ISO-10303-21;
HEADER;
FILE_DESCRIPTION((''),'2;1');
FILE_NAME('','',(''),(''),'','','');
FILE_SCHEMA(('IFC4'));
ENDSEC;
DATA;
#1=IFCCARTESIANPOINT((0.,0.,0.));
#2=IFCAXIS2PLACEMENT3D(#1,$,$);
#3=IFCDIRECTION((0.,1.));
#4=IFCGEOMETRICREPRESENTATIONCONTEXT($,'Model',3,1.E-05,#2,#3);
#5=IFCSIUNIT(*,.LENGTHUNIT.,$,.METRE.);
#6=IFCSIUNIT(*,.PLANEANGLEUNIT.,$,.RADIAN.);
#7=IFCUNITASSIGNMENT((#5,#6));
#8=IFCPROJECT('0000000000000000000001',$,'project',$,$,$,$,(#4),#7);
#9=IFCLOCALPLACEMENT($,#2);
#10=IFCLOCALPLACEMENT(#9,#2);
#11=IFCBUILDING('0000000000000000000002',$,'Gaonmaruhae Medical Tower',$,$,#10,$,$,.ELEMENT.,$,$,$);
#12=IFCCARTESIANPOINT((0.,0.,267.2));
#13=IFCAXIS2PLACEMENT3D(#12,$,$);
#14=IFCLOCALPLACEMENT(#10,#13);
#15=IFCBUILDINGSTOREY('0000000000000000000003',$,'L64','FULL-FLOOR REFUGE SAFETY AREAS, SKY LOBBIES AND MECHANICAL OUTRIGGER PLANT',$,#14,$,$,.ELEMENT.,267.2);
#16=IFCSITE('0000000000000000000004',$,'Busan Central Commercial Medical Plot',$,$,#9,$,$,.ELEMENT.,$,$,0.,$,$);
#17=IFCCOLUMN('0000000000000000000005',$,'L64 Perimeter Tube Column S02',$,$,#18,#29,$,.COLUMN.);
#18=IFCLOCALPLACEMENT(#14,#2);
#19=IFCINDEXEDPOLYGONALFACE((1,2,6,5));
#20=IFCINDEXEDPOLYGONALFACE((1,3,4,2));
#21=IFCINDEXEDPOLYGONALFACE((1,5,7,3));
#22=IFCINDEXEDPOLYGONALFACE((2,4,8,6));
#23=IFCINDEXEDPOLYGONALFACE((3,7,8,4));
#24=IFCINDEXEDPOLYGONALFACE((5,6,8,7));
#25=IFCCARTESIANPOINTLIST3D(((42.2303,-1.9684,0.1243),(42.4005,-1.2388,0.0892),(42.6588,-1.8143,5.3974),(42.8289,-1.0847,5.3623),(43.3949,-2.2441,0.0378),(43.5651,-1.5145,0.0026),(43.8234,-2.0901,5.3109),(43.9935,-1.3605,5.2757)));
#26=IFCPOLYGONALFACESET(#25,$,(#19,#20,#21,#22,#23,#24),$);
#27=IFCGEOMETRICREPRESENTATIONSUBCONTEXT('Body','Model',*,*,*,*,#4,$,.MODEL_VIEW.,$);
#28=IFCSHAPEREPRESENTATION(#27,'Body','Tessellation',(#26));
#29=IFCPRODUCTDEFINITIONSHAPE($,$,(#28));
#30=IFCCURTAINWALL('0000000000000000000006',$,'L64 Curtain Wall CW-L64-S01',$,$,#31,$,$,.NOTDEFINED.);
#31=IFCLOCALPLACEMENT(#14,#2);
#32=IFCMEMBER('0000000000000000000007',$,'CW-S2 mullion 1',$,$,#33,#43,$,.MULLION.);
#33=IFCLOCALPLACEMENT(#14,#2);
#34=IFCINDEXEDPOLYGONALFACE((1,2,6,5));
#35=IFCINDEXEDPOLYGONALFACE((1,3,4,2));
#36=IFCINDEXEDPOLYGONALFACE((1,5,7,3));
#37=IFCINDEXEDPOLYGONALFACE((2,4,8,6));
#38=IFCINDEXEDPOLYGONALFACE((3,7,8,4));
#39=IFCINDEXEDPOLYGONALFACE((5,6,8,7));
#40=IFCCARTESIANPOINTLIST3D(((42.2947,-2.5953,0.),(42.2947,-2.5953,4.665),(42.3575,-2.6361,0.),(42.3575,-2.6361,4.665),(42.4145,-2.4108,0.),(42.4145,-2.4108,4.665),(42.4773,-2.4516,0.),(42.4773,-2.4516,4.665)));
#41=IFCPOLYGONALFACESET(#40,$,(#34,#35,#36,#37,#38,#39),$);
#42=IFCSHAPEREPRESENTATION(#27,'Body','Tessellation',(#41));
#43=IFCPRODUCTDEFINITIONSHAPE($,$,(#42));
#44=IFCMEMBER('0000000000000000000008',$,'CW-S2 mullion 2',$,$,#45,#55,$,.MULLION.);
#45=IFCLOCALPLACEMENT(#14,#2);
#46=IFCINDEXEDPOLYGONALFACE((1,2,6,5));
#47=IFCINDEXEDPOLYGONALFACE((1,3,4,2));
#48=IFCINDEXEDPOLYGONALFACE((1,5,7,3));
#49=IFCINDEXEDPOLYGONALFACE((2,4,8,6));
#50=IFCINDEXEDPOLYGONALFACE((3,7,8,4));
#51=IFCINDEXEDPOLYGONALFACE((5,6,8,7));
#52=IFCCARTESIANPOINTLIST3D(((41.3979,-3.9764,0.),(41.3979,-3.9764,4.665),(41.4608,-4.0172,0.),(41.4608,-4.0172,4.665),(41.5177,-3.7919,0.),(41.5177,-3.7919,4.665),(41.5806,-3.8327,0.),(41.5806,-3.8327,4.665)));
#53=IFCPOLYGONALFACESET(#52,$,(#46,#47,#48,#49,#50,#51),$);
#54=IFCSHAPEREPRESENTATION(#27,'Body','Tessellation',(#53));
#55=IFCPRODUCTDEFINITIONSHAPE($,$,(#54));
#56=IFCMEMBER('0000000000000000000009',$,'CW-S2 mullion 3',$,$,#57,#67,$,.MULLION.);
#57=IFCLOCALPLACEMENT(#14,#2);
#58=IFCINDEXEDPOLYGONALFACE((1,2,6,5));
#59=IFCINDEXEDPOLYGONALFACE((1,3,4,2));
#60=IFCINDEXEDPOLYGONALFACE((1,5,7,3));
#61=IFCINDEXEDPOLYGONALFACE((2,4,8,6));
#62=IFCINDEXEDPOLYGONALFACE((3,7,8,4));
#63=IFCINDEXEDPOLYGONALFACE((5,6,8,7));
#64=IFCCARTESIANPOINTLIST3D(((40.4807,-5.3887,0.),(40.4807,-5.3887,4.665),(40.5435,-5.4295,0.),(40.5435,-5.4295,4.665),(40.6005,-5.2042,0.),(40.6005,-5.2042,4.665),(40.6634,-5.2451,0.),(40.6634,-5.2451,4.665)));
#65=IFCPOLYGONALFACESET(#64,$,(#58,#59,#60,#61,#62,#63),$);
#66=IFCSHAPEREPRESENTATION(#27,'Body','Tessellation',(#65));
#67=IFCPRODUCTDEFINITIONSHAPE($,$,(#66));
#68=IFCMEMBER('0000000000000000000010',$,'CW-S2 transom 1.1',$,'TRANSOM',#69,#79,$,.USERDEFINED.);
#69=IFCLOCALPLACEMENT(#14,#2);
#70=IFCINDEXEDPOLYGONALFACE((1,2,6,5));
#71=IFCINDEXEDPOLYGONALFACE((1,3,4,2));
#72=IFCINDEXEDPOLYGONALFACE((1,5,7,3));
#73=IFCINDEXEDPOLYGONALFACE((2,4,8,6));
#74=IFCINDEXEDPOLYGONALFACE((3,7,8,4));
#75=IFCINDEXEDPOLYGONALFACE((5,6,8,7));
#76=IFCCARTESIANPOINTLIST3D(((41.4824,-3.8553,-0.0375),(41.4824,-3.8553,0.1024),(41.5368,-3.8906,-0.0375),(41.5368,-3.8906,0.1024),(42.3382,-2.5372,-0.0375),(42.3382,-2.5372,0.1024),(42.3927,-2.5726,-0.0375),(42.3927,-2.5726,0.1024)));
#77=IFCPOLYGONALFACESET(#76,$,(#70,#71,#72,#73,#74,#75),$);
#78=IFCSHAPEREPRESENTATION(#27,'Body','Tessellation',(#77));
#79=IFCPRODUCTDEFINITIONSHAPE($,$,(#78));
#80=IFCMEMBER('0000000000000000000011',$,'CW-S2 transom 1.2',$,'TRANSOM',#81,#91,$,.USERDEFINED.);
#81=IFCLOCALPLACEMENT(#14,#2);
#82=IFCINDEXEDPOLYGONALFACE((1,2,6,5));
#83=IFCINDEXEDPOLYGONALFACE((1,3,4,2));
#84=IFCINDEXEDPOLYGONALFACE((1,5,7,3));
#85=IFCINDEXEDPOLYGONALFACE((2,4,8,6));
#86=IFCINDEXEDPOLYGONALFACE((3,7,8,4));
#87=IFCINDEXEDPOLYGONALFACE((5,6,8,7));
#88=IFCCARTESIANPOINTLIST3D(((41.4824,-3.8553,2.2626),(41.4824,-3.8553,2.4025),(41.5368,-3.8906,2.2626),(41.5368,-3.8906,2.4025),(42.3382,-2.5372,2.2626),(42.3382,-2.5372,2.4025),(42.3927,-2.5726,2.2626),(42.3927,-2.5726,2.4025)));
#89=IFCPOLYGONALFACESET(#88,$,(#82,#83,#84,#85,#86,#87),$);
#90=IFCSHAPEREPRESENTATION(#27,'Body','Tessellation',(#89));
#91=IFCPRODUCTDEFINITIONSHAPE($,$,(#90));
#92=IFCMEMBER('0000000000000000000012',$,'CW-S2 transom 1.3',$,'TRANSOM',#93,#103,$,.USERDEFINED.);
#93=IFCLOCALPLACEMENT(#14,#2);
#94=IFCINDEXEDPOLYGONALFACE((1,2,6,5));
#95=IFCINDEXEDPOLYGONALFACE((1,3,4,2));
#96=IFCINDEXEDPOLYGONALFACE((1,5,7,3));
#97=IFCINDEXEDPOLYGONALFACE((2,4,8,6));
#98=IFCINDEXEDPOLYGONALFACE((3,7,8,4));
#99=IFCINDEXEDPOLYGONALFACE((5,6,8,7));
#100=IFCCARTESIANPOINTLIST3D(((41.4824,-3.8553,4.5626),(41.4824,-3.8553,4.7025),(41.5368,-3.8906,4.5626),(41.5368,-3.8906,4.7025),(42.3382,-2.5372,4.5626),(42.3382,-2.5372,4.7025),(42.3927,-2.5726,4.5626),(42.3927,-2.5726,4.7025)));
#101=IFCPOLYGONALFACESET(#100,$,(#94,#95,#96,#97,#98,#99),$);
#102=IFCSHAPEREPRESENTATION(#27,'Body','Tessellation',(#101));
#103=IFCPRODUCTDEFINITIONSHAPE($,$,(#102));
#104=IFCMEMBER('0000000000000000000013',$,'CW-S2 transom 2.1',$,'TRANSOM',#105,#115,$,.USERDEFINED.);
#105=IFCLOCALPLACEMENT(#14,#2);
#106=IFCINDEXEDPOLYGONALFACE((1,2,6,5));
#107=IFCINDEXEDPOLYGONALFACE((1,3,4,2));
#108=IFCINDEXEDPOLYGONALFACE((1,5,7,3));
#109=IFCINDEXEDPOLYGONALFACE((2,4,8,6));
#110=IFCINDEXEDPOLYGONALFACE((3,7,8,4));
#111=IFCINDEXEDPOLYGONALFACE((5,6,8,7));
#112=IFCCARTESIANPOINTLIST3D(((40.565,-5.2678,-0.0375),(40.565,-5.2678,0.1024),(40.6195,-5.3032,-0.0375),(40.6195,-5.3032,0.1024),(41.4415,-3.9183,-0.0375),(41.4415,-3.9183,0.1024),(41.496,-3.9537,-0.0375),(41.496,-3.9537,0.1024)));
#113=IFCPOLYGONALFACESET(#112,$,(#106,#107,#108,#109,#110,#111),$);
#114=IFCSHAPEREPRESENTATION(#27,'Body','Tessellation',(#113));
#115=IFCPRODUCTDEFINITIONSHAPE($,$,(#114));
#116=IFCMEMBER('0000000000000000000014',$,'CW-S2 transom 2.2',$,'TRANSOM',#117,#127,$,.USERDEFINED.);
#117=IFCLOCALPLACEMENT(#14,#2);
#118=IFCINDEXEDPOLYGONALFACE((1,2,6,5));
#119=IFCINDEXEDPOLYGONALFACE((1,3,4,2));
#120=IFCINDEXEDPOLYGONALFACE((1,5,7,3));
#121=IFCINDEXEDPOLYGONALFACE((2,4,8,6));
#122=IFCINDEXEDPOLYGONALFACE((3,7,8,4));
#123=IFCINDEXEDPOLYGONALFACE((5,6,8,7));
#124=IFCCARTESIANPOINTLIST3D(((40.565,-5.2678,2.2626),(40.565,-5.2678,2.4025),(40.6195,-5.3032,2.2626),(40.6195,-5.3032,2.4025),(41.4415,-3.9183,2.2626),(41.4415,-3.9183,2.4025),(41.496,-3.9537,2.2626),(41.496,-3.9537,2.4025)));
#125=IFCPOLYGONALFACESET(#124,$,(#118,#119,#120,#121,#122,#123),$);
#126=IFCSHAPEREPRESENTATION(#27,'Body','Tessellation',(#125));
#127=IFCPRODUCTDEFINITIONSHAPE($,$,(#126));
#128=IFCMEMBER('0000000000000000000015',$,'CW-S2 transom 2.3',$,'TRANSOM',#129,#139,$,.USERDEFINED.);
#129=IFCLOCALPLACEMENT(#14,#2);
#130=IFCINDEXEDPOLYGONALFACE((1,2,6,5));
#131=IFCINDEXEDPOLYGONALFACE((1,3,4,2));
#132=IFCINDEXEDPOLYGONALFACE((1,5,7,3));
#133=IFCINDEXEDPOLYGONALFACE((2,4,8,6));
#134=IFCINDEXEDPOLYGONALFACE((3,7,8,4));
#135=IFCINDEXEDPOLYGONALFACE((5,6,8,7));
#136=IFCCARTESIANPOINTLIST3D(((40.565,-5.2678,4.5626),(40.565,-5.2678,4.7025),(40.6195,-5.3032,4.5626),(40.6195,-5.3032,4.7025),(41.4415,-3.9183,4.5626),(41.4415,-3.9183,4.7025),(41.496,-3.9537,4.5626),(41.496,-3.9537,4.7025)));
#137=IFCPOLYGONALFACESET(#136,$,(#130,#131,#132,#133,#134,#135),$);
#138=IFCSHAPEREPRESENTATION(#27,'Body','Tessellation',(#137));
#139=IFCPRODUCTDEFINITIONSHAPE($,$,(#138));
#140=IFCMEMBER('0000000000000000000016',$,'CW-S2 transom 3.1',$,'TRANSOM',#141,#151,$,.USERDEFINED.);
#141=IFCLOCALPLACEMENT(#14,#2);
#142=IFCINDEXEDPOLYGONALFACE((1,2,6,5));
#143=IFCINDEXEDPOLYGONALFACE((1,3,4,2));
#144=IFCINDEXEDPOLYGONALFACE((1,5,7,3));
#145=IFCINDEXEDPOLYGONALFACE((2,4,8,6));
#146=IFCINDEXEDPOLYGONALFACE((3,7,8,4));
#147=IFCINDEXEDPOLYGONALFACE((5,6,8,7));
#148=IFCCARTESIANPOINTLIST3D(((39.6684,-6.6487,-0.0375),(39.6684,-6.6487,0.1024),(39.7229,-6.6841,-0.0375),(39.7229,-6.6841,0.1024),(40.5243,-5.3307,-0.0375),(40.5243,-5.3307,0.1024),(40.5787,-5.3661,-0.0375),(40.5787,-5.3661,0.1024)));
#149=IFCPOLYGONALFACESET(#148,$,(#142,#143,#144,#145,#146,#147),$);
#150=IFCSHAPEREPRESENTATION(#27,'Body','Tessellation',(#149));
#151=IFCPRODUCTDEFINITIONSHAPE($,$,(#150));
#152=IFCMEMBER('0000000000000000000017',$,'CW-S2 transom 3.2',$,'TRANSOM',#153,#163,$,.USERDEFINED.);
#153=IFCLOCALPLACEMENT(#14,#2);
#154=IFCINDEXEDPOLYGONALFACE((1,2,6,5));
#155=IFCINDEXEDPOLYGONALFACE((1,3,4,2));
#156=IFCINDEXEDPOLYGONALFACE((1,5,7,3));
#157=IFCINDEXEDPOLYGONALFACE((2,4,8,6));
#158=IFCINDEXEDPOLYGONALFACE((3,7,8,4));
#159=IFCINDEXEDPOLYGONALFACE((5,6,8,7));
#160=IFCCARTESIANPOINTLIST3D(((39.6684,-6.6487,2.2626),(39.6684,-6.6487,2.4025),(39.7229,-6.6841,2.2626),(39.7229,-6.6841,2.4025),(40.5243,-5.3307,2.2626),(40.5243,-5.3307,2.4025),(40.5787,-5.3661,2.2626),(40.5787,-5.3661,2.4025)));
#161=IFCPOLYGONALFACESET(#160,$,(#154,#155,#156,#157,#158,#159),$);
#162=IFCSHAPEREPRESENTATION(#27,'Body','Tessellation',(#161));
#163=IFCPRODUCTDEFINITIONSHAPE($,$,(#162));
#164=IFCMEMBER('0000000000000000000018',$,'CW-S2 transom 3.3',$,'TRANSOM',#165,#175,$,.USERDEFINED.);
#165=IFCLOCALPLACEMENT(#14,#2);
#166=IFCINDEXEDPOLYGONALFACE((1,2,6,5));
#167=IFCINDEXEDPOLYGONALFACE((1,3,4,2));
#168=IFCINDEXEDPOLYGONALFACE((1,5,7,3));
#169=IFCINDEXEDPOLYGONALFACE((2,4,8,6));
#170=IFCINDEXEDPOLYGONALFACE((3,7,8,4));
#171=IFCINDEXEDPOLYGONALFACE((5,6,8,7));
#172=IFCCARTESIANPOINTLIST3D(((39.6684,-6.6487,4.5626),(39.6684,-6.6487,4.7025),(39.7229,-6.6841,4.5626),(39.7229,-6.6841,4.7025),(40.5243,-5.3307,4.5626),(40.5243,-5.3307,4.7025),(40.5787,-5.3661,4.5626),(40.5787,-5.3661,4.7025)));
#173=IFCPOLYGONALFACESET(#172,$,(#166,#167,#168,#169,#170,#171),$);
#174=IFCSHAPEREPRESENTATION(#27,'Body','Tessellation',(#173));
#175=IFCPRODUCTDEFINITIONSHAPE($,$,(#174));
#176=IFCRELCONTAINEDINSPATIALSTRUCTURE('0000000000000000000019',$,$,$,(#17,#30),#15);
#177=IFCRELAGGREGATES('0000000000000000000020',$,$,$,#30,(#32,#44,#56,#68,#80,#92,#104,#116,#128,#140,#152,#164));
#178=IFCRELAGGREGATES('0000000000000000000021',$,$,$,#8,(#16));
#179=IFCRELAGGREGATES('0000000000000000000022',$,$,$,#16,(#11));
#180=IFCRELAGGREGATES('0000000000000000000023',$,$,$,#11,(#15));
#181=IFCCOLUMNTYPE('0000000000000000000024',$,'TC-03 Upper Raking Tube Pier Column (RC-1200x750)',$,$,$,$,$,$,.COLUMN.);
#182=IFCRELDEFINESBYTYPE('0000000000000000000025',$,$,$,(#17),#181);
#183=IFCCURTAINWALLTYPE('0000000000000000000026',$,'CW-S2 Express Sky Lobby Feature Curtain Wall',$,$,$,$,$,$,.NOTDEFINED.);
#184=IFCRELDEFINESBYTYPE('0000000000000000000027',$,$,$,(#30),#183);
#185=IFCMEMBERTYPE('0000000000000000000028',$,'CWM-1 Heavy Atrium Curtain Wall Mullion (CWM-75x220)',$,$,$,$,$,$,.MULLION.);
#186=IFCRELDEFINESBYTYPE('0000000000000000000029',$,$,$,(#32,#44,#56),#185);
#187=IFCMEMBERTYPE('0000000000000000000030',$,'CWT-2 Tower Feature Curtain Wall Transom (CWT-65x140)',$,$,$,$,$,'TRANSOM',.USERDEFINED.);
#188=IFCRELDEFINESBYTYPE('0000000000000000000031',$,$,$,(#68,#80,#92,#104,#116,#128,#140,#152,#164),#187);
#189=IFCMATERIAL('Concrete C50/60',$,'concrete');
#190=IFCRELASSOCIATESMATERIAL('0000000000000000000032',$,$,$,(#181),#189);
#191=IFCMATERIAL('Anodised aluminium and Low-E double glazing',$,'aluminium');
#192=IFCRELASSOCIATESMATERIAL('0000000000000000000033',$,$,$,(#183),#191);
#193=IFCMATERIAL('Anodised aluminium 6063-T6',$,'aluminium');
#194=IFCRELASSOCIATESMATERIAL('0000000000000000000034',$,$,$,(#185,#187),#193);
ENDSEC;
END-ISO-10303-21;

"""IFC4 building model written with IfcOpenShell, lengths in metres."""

from ifc_helpers import new_model, si_unit, direction, frame, origin, origin_2d, place, context, subcontext, project, spatial, rectangle, extrude, material, material_profile, profile_set, type_object, element, aggregate, save


model = new_model("IFC4")

# Units and contexts
model_context = context("Model", 3, precision=1e-05, world=origin(), true_north=direction((0.0, 1.0)))
body_context = subcontext(model_context, "Body", "Model", "MODEL_VIEW")
ifc_project = project(units=[si_unit("LENGTHUNIT", "METRE"), si_unit("PLANEANGLEUNIT", "RADIAN")], contexts=[model_context])

# Site, building, storey
site_placement = place(None, origin())
site = spatial("IfcSite", under=ifc_project, at=site_placement, Name="Busan Central Commercial Medical Plot", CompositionType="ELEMENT", RefElevation=0.0)
building_placement = place(site_placement, origin())
building = spatial("IfcBuilding", under=site, at=building_placement, Name="Gaonmaruhae Medical Tower", CompositionType="ELEMENT")
storey_placement = place(building_placement, frame((0.0, 0.0, 267.2)))
storey = spatial("IfcBuildingStorey", under=building, at=storey_placement, Name="L64", Description="FULL-FLOOR REFUGE SAFETY AREAS, SKY LOBBIES AND MECHANICAL OUTRIGGER PLANT", CompositionType="ELEMENT", Elevation=267.2)

# Column
ifc_material_1 = material(Name="Concrete C50/60", Category="concrete")
ifc_material_profile_1 = material_profile(ifc_material_1, rectangle(XDim=1.2, YDim=0.75, at=origin_2d()), Name="RC-1200x750")
ifc_profile_set_1 = profile_set([ifc_material_profile_1], Name="Concrete C50/60")
column_type = type_object("IfcColumnType", Name="TC-03 Upper Raking Tube Pier Column (RC-1200x750)", PredefinedType="COLUMN", material=ifc_profile_set_1)
column_placement = place(storey_placement, frame((42.8977, -1.7415, 0.0635), z_axis=(0.080953, 0.029106, 0.996293), x_axis=(-0.970556, 0.229815, 0.072147)))
element("IfcColumn", 1, at=column_placement, inside=storey, type_object=column_type, Name="L64 Perimeter Tube Column S02", PredefinedType="COLUMN", context=body_context, shape_type="SweptSolid", body=[
    extrude(rectangle(XDim=1.2, YDim=0.75, at=origin_2d()), origin(), (0.0, 0.0, 1.0), 5.2927),
])

# Curtain wall, members
ifc_material_2 = material(Name="Anodised aluminium and Low-E double glazing", Category="aluminium")
curtain_wall_type = type_object("IfcCurtainWallType", Name="CW-S2 Express Sky Lobby Feature Curtain Wall", PredefinedType="NOTDEFINED", material=ifc_material_2)
curtain_wall_placement = place(storey_placement, origin())
curtain_wall = element("IfcCurtainWall", 2, at=curtain_wall_placement, inside=storey, type_object=curtain_wall_type, Name="L64 Curtain Wall CW-L64-S01", PredefinedType="NOTDEFINED")
ifc_material_3 = material(Name="Anodised aluminium 6063-T6", Category="aluminium")
ifc_material_profile_2 = material_profile(ifc_material_3, rectangle(XDim=0.075, YDim=0.22, at=origin_2d()), Name="CWM-75x220")
ifc_profile_set_2 = profile_set([ifc_material_profile_2], Name="Anodised aluminium 6063-T6")
member_type_1 = type_object("IfcMemberType", Name="CWM-1 Heavy Atrium Curtain Wall Mullion (CWM-75x220)", PredefinedType="MULLION", material=ifc_profile_set_2)
member_1_placement = place(storey_placement, frame((42.386, -2.5234, 0.0), z_axis=(0.0, 0.0, 1.0), x_axis=(0.838668, -0.544643, 0.0)))
member_1 = element("IfcMember", 3, at=member_1_placement, type_object=member_type_1, Name="CW-S2 mullion 1", PredefinedType="MULLION", context=body_context, shape_type="SweptSolid", body=[
    extrude(rectangle(XDim=0.075, YDim=0.22, at=origin_2d()), origin(), (0.0, 0.0, 1.0), 4.665),
])
member_2_placement = place(storey_placement, frame((41.4893, -3.9045, 0.0), z_axis=(0.0, 0.0, 1.0), x_axis=(0.838668, -0.544643, 0.0)))
member_2 = element("IfcMember", 4, at=member_2_placement, type_object=member_type_1, Name="CW-S2 mullion 2", PredefinedType="MULLION", context=body_context, shape_type="SweptSolid", body=[
    extrude(rectangle(XDim=0.075, YDim=0.22, at=origin_2d()), origin(), (0.0, 0.0, 1.0), 4.665),
])
member_3_placement = place(storey_placement, frame((40.572, -5.3169, 0.0), z_axis=(0.0, 0.0, 1.0), x_axis=(0.838668, -0.544643, 0.0)))
member_3 = element("IfcMember", 5, at=member_3_placement, type_object=member_type_1, Name="CW-S2 mullion 3", PredefinedType="MULLION", context=body_context, shape_type="SweptSolid", body=[
    extrude(rectangle(XDim=0.075, YDim=0.22, at=origin_2d()), origin(), (0.0, 0.0, 1.0), 4.665),
])
ifc_material_profile_3 = material_profile(ifc_material_3, rectangle(XDim=0.0649, YDim=0.1399, at=origin_2d()), Name="CWT-65x140")
ifc_profile_set_3 = profile_set([ifc_material_profile_3], Name="Anodised aluminium 6063-T6")
member_type_2 = type_object("IfcMemberType", Name="CWT-2 Tower Feature Curtain Wall Transom (CWT-65x140)", ElementType="TRANSOM", PredefinedType="USERDEFINED", material=ifc_profile_set_3)
member_4_placement = place(storey_placement, frame((42.3655, -2.5549, 0.0325), z_axis=(-0.544622, -0.838681, 0.0), x_axis=(0.838681, -0.544622, 0.0)))
member_4 = element("IfcMember", 6, at=member_4_placement, type_object=member_type_2, Name="CW-S2 transom 1.1", ObjectType="TRANSOM", PredefinedType="USERDEFINED", context=body_context, shape_type="SweptSolid", body=[
    extrude(rectangle(XDim=0.0649, YDim=0.1399, at=origin_2d()), origin(), (0.0, 0.0, 1.0), 1.5715),
])
member_5_placement = place(storey_placement, frame((42.3655, -2.5549, 2.3325), z_axis=(-0.544622, -0.838681, 0.0), x_axis=(0.838681, -0.544622, 0.0)))
member_5 = element("IfcMember", 7, at=member_5_placement, type_object=member_type_2, Name="CW-S2 transom 1.2", ObjectType="TRANSOM", PredefinedType="USERDEFINED", context=body_context, shape_type="SweptSolid", body=[
    extrude(rectangle(XDim=0.0649, YDim=0.1399, at=origin_2d()), origin(), (0.0, 0.0, 1.0), 1.5715),
])
member_6_placement = place(storey_placement, frame((42.3655, -2.5549, 4.6326), z_axis=(-0.544622, -0.838681, 0.0), x_axis=(0.838681, -0.544622, 0.0)))
member_6 = element("IfcMember", 8, at=member_6_placement, type_object=member_type_2, Name="CW-S2 transom 1.3", ObjectType="TRANSOM", PredefinedType="USERDEFINED", context=body_context, shape_type="SweptSolid", body=[
    extrude(rectangle(XDim=0.0649, YDim=0.1399, at=origin_2d()), origin(), (0.0, 0.0, 1.0), 1.5715),
])
member_7_placement = place(storey_placement, frame((41.4688, -3.936, 0.0325), z_axis=(-0.544716, -0.83862, 0.0), x_axis=(0.83862, -0.544716, 0.0)))
member_7 = element("IfcMember", 9, at=member_7_placement, type_object=member_type_2, Name="CW-S2 transom 2.1", ObjectType="TRANSOM", PredefinedType="USERDEFINED", context=body_context, shape_type="SweptSolid", body=[
    extrude(rectangle(XDim=0.0649, YDim=0.1399, at=origin_2d()), origin(), (0.0, 0.0, 1.0), 1.6091),
])
member_8_placement = place(storey_placement, frame((41.4688, -3.936, 2.3325), z_axis=(-0.544716, -0.83862, 0.0), x_axis=(0.83862, -0.544716, 0.0)))
member_8 = element("IfcMember", 10, at=member_8_placement, type_object=member_type_2, Name="CW-S2 transom 2.2", ObjectType="TRANSOM", PredefinedType="USERDEFINED", context=body_context, shape_type="SweptSolid", body=[
    extrude(rectangle(XDim=0.0649, YDim=0.1399, at=origin_2d()), origin(), (0.0, 0.0, 1.0), 1.6091),
])
member_9_placement = place(storey_placement, frame((41.4688, -3.936, 4.6326), z_axis=(-0.544716, -0.83862, 0.0), x_axis=(0.83862, -0.544716, 0.0)))
member_9 = element("IfcMember", 11, at=member_9_placement, type_object=member_type_2, Name="CW-S2 transom 2.3", ObjectType="TRANSOM", PredefinedType="USERDEFINED", context=body_context, shape_type="SweptSolid", body=[
    extrude(rectangle(XDim=0.0649, YDim=0.1399, at=origin_2d()), origin(), (0.0, 0.0, 1.0), 1.6091),
])
member_10_placement = place(storey_placement, frame((40.5515, -5.3484, 0.0325), z_axis=(-0.544622, -0.838681, 0.0), x_axis=(0.838681, -0.544622, 0.0)))
member_10 = element("IfcMember", 12, at=member_10_placement, type_object=member_type_2, Name="CW-S2 transom 3.1", ObjectType="TRANSOM", PredefinedType="USERDEFINED", context=body_context, shape_type="SweptSolid", body=[
    extrude(rectangle(XDim=0.0649, YDim=0.1399, at=origin_2d()), origin(), (0.0, 0.0, 1.0), 1.5715),
])
member_11_placement = place(storey_placement, frame((40.5515, -5.3484, 2.3325), z_axis=(-0.544622, -0.838681, 0.0), x_axis=(0.838681, -0.544622, 0.0)))
member_11 = element("IfcMember", 13, at=member_11_placement, type_object=member_type_2, Name="CW-S2 transom 3.2", ObjectType="TRANSOM", PredefinedType="USERDEFINED", context=body_context, shape_type="SweptSolid", body=[
    extrude(rectangle(XDim=0.0649, YDim=0.1399, at=origin_2d()), origin(), (0.0, 0.0, 1.0), 1.5715),
])
member_12_placement = place(storey_placement, frame((40.5515, -5.3484, 4.6326), z_axis=(-0.544622, -0.838681, 0.0), x_axis=(0.838681, -0.544622, 0.0)))
member_12 = element("IfcMember", 14, at=member_12_placement, type_object=member_type_2, Name="CW-S2 transom 3.3", ObjectType="TRANSOM", PredefinedType="USERDEFINED", context=body_context, shape_type="SweptSolid", body=[
    extrude(rectangle(XDim=0.0649, YDim=0.1399, at=origin_2d()), origin(), (0.0, 0.0, 1.0), 1.5715),
])

aggregate(curtain_wall, [member_1, member_2, member_3, member_4, member_5, member_6, member_7, member_8, member_9, member_10, member_11, member_12])

save(model, "model.ifc")
